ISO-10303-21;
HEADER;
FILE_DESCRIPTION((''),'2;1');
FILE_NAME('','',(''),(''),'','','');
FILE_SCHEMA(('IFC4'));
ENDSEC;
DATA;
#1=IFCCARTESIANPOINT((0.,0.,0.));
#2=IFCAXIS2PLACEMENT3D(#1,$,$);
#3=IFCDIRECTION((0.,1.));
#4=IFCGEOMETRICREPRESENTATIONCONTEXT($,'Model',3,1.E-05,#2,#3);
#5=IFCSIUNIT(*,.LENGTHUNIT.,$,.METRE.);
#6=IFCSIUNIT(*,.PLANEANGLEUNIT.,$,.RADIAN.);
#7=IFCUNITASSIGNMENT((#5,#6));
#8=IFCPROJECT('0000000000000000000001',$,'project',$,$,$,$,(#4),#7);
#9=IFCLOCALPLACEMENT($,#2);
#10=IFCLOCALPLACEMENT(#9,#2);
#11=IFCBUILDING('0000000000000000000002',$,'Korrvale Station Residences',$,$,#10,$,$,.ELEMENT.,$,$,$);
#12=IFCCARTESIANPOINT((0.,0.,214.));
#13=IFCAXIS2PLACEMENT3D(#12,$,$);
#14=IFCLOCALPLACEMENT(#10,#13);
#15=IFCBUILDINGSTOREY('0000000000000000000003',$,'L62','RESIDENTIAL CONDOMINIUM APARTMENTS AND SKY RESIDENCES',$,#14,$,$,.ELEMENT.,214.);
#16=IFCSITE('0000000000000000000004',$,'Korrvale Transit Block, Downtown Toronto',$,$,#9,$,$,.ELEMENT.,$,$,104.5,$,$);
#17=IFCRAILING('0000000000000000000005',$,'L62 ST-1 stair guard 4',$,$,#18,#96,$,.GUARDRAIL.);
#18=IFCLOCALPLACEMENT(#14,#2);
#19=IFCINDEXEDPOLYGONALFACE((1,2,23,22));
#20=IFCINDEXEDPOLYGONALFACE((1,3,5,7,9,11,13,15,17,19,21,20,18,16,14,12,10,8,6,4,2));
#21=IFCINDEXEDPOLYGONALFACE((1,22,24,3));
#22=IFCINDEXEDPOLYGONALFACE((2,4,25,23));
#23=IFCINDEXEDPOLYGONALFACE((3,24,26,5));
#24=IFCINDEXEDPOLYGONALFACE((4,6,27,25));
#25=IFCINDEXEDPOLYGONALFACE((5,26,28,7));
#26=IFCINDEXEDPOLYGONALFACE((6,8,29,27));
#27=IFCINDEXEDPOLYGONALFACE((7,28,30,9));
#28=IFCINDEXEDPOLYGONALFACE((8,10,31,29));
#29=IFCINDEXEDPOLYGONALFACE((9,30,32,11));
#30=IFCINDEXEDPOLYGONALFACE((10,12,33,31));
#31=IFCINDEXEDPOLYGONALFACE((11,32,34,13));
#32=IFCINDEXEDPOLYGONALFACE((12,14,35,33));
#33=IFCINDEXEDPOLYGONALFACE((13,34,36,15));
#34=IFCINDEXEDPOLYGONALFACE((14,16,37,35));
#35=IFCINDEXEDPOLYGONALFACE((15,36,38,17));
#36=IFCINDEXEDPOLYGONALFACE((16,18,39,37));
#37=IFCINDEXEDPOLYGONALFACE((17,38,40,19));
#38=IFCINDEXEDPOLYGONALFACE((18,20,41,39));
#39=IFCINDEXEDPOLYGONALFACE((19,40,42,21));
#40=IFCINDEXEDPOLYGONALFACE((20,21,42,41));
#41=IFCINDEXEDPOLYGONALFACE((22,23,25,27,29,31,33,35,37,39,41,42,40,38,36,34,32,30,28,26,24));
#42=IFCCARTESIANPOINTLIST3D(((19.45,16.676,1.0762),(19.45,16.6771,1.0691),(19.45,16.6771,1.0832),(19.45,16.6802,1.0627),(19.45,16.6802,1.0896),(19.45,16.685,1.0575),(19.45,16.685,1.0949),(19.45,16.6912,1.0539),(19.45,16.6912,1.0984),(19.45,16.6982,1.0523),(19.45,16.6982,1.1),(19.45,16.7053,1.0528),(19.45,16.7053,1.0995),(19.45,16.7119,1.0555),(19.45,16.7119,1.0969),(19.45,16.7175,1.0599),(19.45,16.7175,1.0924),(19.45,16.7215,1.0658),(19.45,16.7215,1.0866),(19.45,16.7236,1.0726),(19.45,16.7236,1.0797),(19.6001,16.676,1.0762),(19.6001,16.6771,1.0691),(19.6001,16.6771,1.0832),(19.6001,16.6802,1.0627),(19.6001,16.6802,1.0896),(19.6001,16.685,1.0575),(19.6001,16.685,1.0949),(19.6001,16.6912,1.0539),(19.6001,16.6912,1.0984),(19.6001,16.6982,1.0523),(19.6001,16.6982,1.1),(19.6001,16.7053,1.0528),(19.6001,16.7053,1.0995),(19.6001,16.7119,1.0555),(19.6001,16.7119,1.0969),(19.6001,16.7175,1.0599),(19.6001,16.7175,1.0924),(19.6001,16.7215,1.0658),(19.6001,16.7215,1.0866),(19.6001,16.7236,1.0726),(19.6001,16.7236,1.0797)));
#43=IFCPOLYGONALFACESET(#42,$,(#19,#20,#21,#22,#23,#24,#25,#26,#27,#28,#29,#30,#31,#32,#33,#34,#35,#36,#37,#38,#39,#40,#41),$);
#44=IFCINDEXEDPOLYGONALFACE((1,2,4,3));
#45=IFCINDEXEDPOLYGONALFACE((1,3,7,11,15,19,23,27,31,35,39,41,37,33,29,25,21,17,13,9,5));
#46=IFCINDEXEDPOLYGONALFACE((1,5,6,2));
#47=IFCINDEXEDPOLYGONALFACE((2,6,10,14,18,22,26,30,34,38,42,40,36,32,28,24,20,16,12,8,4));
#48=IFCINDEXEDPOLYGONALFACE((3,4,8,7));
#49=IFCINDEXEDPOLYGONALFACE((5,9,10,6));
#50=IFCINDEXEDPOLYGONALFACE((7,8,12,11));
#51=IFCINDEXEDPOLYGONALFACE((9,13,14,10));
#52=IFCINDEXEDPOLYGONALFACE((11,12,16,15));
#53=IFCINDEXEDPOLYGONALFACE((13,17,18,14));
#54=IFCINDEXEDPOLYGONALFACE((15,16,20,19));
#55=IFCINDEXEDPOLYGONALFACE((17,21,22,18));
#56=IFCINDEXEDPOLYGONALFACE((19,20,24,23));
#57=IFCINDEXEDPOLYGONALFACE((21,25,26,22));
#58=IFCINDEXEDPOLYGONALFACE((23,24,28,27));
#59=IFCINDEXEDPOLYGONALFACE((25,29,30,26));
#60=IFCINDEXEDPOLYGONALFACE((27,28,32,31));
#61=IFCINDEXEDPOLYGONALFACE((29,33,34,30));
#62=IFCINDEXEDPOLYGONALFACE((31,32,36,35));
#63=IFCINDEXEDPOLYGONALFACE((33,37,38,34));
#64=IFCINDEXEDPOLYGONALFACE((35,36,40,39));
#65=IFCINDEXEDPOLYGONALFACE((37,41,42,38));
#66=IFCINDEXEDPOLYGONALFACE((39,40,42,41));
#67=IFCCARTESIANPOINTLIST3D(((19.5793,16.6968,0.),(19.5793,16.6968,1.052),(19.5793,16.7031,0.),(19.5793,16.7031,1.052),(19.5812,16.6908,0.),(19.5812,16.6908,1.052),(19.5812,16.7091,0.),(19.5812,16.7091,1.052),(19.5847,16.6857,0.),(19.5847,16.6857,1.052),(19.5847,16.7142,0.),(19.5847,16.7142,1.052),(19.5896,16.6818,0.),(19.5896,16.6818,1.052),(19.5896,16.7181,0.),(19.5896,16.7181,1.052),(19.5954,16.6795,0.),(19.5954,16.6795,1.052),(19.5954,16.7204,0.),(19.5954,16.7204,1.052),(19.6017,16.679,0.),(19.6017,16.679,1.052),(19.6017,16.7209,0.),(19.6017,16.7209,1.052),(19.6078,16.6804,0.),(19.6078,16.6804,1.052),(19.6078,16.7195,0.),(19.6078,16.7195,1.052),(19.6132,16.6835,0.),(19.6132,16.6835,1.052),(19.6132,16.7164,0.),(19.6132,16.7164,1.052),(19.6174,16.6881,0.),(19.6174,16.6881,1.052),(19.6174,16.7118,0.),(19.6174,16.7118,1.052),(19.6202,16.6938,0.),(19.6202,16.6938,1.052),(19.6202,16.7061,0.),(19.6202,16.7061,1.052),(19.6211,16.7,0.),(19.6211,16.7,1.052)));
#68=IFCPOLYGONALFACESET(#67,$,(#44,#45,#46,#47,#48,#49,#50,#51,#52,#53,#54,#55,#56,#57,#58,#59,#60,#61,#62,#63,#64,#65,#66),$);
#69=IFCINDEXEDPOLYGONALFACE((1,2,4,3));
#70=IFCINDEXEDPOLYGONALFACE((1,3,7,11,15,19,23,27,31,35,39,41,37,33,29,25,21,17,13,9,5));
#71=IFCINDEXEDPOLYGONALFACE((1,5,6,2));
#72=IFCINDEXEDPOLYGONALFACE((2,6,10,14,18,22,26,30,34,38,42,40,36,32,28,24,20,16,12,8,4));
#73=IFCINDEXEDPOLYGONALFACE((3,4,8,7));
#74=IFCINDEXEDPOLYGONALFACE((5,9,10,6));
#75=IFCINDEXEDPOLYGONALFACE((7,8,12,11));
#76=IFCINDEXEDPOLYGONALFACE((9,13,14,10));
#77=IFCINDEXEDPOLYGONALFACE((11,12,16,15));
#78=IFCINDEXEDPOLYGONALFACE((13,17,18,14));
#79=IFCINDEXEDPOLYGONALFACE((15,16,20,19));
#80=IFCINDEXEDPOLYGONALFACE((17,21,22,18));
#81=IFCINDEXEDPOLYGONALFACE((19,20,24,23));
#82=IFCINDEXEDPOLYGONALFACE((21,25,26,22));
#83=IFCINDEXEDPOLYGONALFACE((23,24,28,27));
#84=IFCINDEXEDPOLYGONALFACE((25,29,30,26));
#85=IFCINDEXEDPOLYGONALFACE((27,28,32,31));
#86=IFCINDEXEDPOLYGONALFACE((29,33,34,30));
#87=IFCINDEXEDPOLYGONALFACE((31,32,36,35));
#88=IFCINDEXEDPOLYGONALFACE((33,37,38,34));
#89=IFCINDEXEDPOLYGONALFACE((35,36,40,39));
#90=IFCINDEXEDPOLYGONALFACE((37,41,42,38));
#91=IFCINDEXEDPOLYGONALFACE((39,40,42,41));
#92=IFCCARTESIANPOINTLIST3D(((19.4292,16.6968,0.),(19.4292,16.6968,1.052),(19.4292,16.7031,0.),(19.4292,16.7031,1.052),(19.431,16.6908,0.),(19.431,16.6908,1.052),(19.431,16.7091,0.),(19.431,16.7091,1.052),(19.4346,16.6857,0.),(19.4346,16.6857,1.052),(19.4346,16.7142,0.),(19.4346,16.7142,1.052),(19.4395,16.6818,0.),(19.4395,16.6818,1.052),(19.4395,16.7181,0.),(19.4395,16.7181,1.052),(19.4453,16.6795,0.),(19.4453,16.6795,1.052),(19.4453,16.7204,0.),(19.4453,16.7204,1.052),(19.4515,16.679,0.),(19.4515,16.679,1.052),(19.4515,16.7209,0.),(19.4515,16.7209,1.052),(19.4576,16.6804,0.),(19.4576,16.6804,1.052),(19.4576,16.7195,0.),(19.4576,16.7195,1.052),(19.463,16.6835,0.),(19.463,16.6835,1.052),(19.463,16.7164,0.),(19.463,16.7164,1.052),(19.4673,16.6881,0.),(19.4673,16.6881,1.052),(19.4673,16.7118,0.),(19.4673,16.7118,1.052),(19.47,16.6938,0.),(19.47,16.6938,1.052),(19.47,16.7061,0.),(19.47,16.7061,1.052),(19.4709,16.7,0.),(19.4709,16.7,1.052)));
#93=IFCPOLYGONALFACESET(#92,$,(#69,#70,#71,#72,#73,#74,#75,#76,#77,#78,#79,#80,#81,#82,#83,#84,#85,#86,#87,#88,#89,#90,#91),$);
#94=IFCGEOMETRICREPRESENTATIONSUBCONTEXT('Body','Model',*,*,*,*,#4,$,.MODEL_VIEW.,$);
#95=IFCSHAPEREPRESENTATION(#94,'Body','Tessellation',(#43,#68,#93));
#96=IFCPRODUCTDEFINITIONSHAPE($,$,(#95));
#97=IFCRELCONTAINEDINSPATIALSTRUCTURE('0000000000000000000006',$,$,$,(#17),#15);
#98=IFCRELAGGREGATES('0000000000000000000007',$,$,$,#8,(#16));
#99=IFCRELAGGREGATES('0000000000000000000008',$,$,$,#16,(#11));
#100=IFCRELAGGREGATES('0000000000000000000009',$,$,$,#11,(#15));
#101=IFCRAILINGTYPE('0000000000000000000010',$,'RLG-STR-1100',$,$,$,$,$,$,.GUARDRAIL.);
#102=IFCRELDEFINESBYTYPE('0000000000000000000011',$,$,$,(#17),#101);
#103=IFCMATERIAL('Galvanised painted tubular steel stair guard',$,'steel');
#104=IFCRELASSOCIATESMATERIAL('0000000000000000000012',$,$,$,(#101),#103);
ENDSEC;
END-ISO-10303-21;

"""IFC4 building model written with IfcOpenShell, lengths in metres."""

from ifc_helpers import new_model, si_unit, direction, frame, origin, origin_2d, place, context, subcontext, project, spatial, circle, extrude, material, type_object, element, save


model = new_model("IFC4")

# Units and contexts
model_context = context("Model", 3, precision=1e-05, world=origin(), true_north=direction((0.0, 1.0)))
body_context = subcontext(model_context, "Body", "Model", "MODEL_VIEW")
ifc_project = project(units=[si_unit("LENGTHUNIT", "METRE"), si_unit("PLANEANGLEUNIT", "RADIAN")], contexts=[model_context])

# Site, building, storey
site_placement = place(None, origin())
site = spatial("IfcSite", under=ifc_project, at=site_placement, Name="Korrvale Transit Block, Downtown Toronto", CompositionType="ELEMENT", RefElevation=104.5)
building_placement = place(site_placement, origin())
building = spatial("IfcBuilding", under=site, at=building_placement, Name="Korrvale Station Residences", CompositionType="ELEMENT")
storey_placement = place(building_placement, frame((0.0, 0.0, 214.0)))
storey = spatial("IfcBuildingStorey", under=building, at=storey_placement, Name="L62", Description="RESIDENTIAL CONDOMINIUM APARTMENTS AND SKY RESIDENCES", CompositionType="ELEMENT", Elevation=214.0)

# Railing
ifc_material_1 = material(Name="Galvanised painted tubular steel stair guard", Category="steel")
railing_type_1 = type_object("IfcRailingType", Name="RLG-STR-1100", PredefinedType="GUARDRAIL", material=ifc_material_1)
railing_1_placement = place(storey_placement, frame((19.6001, 16.7, 0.0)))
element("IfcRailing", 1, at=railing_1_placement, inside=storey, type_object=railing_type_1, Name="L62 ST-1 stair guard 4", PredefinedType="GUARDRAIL", context=body_context, shape_type="SweptSolid", body=[
    extrude(circle(Radius=0.0239, at=origin_2d()), frame((0.0, 0.0, 1.0762), z_axis=(-1.0, 0.0, 0.0), x_axis=(0.0, -1.0, 0.0)), (0.0, 0.0, 1.0), 0.1501),
    extrude(circle(Radius=0.021, at=origin_2d()), origin(), (0.0, 0.0, 1.0), 1.052),
    extrude(circle(Radius=0.021, at=origin_2d()), frame((-0.1501, 0.0, 0.0)), (0.0, 0.0, 1.0), 1.052),
])

save(model, "model.ifc")
